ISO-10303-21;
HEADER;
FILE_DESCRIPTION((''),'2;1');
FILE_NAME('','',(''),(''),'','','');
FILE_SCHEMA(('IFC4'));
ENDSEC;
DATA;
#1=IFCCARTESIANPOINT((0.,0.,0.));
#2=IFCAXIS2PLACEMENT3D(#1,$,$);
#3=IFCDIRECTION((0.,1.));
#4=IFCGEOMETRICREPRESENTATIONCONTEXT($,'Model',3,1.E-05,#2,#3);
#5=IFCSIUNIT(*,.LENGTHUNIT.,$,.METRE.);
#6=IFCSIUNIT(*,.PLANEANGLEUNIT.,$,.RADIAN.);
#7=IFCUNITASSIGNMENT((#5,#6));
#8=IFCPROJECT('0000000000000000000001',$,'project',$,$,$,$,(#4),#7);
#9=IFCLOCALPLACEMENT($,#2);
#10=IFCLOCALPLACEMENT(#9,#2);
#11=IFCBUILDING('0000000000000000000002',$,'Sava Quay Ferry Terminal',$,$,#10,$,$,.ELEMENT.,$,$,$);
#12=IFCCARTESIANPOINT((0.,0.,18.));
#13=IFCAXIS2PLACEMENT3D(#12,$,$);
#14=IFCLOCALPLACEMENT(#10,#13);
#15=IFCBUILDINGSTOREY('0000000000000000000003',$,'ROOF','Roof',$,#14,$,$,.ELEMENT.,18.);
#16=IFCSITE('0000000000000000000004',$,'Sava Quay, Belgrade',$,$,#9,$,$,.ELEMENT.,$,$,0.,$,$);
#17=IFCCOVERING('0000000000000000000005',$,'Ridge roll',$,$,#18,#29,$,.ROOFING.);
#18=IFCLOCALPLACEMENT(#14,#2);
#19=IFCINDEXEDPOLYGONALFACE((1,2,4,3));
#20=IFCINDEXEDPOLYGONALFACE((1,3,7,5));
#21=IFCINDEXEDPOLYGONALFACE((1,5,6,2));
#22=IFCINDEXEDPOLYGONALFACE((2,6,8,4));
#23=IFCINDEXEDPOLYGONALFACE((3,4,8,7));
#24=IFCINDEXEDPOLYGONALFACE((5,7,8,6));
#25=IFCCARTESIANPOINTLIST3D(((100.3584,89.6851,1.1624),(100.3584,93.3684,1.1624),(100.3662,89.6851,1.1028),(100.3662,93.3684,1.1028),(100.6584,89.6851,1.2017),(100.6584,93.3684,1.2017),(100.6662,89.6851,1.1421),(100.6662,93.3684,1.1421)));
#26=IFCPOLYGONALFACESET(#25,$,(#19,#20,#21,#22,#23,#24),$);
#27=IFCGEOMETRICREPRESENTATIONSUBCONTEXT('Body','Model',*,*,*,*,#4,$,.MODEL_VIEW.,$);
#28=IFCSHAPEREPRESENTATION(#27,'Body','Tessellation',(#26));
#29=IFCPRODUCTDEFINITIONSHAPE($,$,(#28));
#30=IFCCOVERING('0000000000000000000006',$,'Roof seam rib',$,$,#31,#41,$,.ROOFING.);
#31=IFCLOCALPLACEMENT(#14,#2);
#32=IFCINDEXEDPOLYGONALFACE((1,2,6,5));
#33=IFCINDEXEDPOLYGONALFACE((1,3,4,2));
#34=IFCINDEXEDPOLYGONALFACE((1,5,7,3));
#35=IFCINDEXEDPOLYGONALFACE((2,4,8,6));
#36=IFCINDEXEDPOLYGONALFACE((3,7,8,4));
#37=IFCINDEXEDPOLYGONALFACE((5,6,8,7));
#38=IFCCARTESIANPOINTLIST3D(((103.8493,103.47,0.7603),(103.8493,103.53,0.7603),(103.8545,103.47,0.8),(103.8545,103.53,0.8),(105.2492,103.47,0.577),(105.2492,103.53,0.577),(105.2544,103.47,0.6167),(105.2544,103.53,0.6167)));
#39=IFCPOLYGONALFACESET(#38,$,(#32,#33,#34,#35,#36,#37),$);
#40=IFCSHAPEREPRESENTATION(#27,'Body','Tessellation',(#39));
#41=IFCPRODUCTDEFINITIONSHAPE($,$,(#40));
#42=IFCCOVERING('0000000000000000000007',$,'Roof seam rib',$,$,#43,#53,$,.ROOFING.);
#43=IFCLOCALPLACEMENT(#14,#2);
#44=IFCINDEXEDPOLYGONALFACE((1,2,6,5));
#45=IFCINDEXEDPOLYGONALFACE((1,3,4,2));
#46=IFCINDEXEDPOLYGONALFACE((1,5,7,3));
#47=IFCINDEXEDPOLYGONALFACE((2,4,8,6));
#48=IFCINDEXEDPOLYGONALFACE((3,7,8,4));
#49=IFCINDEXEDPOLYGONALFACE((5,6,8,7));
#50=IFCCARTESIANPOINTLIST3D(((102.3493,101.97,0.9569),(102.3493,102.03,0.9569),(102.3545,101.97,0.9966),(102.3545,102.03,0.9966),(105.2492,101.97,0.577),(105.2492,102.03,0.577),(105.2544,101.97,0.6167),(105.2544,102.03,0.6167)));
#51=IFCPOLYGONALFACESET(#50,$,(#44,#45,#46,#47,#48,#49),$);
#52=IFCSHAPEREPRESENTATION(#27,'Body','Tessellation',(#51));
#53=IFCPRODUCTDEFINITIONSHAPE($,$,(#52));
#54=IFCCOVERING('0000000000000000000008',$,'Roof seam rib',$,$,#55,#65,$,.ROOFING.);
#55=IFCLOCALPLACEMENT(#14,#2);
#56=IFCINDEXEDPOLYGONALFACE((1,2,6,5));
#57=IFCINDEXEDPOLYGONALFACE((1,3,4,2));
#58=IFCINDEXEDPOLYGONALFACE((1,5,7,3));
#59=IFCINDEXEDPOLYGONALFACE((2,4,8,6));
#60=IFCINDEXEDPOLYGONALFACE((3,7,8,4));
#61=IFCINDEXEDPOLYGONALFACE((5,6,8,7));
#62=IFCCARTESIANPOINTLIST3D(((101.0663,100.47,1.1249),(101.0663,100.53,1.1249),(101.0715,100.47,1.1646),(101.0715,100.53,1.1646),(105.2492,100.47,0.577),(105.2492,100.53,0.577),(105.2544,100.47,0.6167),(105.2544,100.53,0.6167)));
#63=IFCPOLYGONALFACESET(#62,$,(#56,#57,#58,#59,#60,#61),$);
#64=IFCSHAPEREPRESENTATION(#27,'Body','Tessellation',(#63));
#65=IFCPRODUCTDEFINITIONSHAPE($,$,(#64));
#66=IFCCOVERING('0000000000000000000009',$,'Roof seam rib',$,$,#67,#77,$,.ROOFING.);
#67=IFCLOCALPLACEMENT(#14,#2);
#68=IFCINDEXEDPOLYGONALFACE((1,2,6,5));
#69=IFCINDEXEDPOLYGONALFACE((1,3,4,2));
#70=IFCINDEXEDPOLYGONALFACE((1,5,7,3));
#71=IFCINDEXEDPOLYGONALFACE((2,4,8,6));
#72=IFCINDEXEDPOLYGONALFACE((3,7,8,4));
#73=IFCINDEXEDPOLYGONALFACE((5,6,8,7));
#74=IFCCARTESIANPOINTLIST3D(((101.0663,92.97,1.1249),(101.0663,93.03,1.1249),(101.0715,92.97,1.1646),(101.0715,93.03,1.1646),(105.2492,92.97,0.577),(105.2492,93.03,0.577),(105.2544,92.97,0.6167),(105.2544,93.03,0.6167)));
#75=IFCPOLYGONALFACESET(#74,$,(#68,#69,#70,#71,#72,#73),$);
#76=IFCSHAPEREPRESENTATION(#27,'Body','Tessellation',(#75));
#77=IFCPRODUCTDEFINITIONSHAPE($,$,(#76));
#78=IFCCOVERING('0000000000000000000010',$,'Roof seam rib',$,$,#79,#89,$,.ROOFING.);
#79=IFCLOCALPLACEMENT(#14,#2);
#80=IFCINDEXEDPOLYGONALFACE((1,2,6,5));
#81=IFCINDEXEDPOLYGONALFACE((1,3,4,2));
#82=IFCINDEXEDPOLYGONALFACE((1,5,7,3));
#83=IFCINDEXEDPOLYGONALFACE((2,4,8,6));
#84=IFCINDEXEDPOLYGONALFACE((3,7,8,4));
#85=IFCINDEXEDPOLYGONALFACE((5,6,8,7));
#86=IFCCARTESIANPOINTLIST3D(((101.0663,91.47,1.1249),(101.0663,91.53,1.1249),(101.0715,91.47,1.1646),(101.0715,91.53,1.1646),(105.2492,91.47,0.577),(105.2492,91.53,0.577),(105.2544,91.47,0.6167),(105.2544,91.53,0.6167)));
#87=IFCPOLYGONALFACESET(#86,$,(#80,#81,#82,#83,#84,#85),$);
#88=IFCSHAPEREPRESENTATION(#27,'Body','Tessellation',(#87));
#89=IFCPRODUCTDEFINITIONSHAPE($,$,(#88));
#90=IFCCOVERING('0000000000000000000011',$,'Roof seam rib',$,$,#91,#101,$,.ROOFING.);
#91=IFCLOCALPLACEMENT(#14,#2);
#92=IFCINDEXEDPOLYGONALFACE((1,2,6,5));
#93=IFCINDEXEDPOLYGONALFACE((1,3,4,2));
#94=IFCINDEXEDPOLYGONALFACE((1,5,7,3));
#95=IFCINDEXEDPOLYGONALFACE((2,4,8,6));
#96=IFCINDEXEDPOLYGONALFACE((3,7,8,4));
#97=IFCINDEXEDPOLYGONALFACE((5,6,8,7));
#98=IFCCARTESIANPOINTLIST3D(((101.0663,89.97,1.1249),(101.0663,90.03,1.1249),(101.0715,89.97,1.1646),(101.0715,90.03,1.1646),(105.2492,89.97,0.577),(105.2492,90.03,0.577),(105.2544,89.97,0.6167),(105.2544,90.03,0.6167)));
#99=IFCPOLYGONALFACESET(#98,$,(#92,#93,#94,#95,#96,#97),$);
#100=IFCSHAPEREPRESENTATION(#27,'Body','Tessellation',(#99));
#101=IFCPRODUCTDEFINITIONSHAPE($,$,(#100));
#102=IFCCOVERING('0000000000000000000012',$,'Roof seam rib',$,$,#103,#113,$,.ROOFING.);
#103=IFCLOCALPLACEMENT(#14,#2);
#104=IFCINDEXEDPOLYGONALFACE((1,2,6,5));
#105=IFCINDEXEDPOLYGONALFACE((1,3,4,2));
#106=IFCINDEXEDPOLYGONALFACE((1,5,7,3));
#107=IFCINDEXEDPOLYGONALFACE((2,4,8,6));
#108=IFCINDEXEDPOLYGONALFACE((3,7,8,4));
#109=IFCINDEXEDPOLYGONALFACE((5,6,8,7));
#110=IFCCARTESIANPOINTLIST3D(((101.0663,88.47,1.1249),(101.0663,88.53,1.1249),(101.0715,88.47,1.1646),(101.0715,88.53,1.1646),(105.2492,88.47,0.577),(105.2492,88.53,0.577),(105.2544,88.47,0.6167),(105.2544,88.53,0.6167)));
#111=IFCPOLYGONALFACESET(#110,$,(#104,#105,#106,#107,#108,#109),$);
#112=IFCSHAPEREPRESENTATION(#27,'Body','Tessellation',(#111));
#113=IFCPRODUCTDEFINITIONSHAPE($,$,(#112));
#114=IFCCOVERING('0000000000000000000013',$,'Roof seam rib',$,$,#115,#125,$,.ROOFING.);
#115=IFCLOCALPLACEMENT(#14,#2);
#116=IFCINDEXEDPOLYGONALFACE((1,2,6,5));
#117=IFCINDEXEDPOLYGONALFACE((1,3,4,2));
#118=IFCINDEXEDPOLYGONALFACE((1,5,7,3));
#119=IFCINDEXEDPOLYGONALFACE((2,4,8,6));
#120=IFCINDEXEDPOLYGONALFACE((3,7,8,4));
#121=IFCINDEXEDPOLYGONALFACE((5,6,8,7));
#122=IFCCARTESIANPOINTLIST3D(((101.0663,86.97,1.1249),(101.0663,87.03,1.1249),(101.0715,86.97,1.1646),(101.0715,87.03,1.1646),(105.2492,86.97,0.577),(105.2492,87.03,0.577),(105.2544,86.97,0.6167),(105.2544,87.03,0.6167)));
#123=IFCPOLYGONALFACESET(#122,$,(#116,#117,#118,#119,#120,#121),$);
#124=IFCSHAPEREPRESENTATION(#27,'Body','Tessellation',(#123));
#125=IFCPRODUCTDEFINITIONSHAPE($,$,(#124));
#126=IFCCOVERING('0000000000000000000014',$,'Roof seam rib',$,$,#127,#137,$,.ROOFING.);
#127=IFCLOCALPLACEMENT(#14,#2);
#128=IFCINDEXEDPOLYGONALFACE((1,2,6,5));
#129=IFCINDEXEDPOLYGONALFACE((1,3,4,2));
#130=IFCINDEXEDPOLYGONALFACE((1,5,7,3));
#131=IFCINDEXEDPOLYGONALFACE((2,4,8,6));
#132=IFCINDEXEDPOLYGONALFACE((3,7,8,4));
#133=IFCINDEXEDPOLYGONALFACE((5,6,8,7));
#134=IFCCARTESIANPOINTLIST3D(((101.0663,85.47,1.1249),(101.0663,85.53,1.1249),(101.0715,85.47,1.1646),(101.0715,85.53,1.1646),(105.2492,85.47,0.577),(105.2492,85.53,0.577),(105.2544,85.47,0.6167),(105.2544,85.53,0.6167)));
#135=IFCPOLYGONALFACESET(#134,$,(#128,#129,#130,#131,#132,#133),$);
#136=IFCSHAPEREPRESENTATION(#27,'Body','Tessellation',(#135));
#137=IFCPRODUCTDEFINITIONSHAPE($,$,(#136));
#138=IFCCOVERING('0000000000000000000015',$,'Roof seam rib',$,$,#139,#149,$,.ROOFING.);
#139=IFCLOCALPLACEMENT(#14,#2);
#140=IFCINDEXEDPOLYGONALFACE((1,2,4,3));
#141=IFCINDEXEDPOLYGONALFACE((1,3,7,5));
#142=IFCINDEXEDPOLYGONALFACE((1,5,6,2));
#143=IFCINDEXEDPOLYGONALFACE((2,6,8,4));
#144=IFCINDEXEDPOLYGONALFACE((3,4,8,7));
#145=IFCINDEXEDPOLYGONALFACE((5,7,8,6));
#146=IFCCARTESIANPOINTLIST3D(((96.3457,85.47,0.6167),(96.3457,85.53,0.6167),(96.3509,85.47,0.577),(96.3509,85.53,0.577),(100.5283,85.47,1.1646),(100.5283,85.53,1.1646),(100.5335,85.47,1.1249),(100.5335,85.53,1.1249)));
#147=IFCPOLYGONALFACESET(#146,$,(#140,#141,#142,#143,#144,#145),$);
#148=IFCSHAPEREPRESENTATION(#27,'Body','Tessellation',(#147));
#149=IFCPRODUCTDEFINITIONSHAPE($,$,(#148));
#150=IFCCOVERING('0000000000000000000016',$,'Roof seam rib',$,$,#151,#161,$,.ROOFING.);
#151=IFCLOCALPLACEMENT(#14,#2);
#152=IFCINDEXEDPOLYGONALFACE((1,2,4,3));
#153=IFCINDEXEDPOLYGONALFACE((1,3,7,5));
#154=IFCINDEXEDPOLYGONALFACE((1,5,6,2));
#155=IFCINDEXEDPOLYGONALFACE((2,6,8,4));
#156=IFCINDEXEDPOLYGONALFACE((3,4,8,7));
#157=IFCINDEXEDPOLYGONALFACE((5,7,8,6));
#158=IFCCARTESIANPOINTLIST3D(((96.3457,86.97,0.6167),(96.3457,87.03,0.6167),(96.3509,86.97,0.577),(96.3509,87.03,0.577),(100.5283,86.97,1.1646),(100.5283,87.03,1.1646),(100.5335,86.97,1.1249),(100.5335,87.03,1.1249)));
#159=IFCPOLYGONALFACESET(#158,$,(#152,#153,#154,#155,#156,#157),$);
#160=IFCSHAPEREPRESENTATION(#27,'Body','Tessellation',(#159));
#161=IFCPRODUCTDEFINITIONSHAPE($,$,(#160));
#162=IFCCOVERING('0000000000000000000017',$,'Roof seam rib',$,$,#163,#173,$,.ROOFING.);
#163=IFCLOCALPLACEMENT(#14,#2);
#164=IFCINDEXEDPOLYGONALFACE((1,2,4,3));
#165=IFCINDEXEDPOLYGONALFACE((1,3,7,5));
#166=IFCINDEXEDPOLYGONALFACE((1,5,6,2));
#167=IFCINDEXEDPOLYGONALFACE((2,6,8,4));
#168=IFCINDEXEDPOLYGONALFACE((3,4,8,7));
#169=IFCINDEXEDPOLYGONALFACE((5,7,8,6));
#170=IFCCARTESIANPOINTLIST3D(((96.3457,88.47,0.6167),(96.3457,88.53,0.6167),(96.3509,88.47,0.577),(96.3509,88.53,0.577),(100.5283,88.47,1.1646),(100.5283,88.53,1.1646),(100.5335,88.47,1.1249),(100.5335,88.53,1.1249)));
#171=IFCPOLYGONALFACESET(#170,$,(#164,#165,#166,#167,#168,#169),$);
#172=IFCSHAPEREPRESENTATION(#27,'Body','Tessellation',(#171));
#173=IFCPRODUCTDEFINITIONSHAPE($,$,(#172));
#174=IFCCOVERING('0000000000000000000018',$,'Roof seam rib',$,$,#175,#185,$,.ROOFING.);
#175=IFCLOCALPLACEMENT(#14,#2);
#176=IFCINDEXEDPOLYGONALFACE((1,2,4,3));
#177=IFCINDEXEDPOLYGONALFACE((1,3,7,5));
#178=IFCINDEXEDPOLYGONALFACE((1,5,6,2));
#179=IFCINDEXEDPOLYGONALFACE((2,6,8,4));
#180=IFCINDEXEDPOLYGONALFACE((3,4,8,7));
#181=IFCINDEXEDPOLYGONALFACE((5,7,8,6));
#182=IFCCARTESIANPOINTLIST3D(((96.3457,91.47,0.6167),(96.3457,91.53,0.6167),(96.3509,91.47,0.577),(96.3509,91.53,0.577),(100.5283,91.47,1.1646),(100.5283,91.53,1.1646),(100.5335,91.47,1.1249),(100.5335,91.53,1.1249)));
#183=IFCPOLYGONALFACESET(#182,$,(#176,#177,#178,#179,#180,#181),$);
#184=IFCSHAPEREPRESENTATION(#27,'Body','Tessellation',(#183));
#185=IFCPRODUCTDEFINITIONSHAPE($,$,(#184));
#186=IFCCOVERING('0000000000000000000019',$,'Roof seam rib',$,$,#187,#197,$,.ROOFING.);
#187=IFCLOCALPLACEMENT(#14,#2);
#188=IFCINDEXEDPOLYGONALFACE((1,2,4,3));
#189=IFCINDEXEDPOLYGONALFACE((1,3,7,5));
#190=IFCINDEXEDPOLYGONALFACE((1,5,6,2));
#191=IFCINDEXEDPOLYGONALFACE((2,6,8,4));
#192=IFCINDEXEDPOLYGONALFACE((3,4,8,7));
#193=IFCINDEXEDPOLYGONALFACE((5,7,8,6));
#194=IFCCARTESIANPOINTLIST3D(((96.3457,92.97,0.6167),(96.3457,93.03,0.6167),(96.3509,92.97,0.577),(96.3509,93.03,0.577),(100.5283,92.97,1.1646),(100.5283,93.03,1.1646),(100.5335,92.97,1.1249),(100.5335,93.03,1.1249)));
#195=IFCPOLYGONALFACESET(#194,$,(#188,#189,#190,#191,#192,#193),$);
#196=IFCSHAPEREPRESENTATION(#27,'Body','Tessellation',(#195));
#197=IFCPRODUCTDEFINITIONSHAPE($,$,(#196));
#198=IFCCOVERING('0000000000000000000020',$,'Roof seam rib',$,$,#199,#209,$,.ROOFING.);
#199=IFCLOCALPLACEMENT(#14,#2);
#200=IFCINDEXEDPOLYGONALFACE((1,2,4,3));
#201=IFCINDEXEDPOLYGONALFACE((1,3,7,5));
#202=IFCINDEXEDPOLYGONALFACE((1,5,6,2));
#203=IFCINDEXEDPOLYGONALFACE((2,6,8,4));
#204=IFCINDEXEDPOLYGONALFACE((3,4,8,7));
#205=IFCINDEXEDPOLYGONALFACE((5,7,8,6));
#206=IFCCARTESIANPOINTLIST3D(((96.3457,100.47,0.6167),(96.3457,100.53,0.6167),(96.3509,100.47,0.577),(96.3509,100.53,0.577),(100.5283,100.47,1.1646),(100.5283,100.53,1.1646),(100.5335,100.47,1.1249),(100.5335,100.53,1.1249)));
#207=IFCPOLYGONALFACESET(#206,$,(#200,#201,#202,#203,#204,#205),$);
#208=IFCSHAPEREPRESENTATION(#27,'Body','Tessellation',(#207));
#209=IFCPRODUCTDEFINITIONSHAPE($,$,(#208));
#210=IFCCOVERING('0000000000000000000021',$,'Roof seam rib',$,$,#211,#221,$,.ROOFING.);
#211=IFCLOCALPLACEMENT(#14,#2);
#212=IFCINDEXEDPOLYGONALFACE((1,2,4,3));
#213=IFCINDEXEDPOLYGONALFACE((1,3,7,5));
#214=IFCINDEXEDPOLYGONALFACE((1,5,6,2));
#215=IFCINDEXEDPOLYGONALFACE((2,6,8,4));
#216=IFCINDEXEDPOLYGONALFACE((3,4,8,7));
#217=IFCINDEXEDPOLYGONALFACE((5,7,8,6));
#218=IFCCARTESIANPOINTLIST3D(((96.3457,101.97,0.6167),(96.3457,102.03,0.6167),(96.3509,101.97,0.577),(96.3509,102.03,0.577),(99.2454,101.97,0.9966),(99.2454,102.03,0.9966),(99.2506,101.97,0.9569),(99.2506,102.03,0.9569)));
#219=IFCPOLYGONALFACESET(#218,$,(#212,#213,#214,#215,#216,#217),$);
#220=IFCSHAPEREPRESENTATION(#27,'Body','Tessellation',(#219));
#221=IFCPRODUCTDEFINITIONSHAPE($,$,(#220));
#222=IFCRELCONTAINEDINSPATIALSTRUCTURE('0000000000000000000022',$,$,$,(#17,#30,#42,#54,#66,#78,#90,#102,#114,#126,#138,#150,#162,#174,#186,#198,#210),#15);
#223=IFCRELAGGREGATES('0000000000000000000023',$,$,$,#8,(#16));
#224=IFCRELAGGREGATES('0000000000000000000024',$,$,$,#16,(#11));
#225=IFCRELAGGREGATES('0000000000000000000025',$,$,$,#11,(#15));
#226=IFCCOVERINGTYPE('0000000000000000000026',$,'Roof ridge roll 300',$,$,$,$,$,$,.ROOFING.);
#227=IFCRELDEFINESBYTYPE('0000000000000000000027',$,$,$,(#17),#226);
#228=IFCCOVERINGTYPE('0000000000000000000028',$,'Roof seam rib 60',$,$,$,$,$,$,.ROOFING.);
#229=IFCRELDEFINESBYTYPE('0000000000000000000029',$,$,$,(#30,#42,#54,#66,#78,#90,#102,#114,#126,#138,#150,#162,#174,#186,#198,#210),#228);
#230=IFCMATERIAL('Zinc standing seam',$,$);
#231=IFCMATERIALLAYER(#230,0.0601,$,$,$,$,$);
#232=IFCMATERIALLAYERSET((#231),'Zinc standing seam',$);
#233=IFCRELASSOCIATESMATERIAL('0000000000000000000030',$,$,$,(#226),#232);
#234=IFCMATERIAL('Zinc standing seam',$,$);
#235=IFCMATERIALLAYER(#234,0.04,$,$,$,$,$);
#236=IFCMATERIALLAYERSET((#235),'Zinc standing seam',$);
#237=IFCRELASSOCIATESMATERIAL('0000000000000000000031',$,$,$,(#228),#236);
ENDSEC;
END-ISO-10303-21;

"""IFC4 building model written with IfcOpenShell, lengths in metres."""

from ifc_helpers import new_model, si_unit, direction, frame, origin, place, context, subcontext, project, spatial, polyline, outline, extrude, material, layer, layer_set, type_object, element, save


model = new_model("IFC4")

# Units and contexts
model_context = context("Model", 3, precision=1e-05, world=origin(), true_north=direction((0.0, 1.0)))
body_context = subcontext(model_context, "Body", "Model", "MODEL_VIEW")
ifc_project = project(units=[si_unit("LENGTHUNIT", "METRE"), si_unit("PLANEANGLEUNIT", "RADIAN")], contexts=[model_context])

# Site, building, storey
site_placement = place(None, origin())
site = spatial("IfcSite", under=ifc_project, at=site_placement, Name="Sava Quay, Belgrade", CompositionType="ELEMENT", RefElevation=0.0)
building_placement = place(site_placement, origin())
building = spatial("IfcBuilding", under=site, at=building_placement, Name="Sava Quay Ferry Terminal", CompositionType="ELEMENT")
storey_placement = place(building_placement, frame((0.0, 0.0, 18.0)))
storey = spatial("IfcBuildingStorey", under=building, at=storey_placement, Name="ROOF", Description="Roof", CompositionType="ELEMENT", Elevation=18.0)

# Coverings
ifc_material_1 = material(Name="Zinc standing seam")
ifc_layer_1 = layer(ifc_material_1, 0.0601)
ifc_layer_set_1 = layer_set([ifc_layer_1], Name="Zinc standing seam")
covering_type_1 = type_object("IfcCoveringType", Name="Roof ridge roll 300", PredefinedType="ROOFING", material=ifc_layer_set_1)
for number, where, z_axis, x_axis, name in (
    (1, (100.3584, 89.6851, 1.1624), (-0.129891, 0.0, 0.991528), (0.0, 1.0, 0.0), "Ridge roll"),
):
    element("IfcCovering", number, at=place(storey_placement, frame(where, z_axis=z_axis, x_axis=x_axis)), inside=storey, type_object=covering_type_1, Name=name, PredefinedType="ROOFING", context=body_context, shape_type="SweptSolid", body=[
        extrude(outline(polyline([(0.0, 0.0), (3.6833, 0.0), (3.6833, -0.3026), (0.0, -0.3026), (0.0, 0.0)])), origin(), (0.0, 0.0, -1.0), 0.0601),
    ])
ifc_material_2 = material(Name="Zinc standing seam")
ifc_layer_2 = layer(ifc_material_2, 0.04)
ifc_layer_set_2 = layer_set([ifc_layer_2], Name="Zinc standing seam")
covering_type_2 = type_object("IfcCoveringType", Name="Roof seam rib 60", PredefinedType="ROOFING", material=ifc_layer_set_2)
covering_1_placement = place(storey_placement, frame((105.2544, 103.47, 0.6167), z_axis=(0.129864, 0.0, 0.991532), x_axis=(-0.991532, 0.0, 0.129864)))
element("IfcCovering", 2, at=covering_1_placement, inside=storey, type_object=covering_type_2, Name="Roof seam rib", PredefinedType="ROOFING", context=body_context, shape_type="SweptSolid", body=[
    extrude(outline(polyline([(0.0, 0.0), (1.4119, 0.0), (1.4119, -0.0601), (0.0, -0.0601), (0.0, 0.0)])), origin(), (0.0, 0.0, -1.0), 0.04),
])
covering_2_placement = place(storey_placement, frame((105.2544, 101.97, 0.6167), z_axis=(0.129889, 0.0, 0.991529), x_axis=(-0.991529, 0.0, 0.129889)))
element("IfcCovering", 3, at=covering_2_placement, inside=storey, type_object=covering_type_2, Name="Roof seam rib", PredefinedType="ROOFING", context=body_context, shape_type="SweptSolid", body=[
    extrude(outline(polyline([(0.0, 0.0), (2.9247, 0.0), (2.9247, -0.0601), (0.0, -0.0601), (0.0, 0.0)])), origin(), (0.0, 0.0, -1.0), 0.04),
])
for number, where, z_axis, x_axis, name in (
    (4, (105.2544, 100.47, 0.6167), (0.129866, 0.0, 0.991532), (-0.991532, 0.0, 0.129866), "Roof seam rib"),
    (5, (105.2544, 92.97, 0.6167), (0.129866, 0.0, 0.991532), (-0.991532, 0.0, 0.129866), "Roof seam rib"),
    (6, (105.2544, 91.47, 0.6167), (0.129866, 0.0, 0.991532), (-0.991532, 0.0, 0.129866), "Roof seam rib"),
    (7, (105.2544, 89.97, 0.6167), (0.129866, 0.0, 0.991532), (-0.991532, 0.0, 0.129866), "Roof seam rib"),
    (8, (105.2544, 88.47, 0.6167), (0.129866, 0.0, 0.991532), (-0.991532, 0.0, 0.129866), "Roof seam rib"),
    (9, (105.2544, 86.97, 0.6167), (0.129866, 0.0, 0.991532), (-0.991532, 0.0, 0.129866), "Roof seam rib"),
    (10, (105.2544, 85.47, 0.6167), (0.129866, 0.0, 0.991532), (-0.991532, 0.0, 0.129866), "Roof seam rib"),
):
    element("IfcCovering", number, at=place(storey_placement, frame(where, z_axis=z_axis, x_axis=x_axis)), inside=storey, type_object=covering_type_2, Name=name, PredefinedType="ROOFING", context=body_context, shape_type="SweptSolid", body=[
        extrude(outline(polyline([(0.0, 0.0), (4.2186, 0.0), (4.2186, -0.0601), (0.0, -0.0601), (0.0, 0.0)])), origin(), (0.0, 0.0, -1.0), 0.04),
    ])
for number, where, z_axis, x_axis, name in (
    (11, (96.3457, 85.53, 0.6167), (-0.129874, 0.0, 0.991531), (0.991531, 0.0, 0.129874), "Roof seam rib"),
    (12, (96.3457, 87.03, 0.6167), (-0.129874, 0.0, 0.991531), (0.991531, 0.0, 0.129874), "Roof seam rib"),
    (13, (96.3457, 88.53, 0.6167), (-0.129874, 0.0, 0.991531), (0.991531, 0.0, 0.129874), "Roof seam rib"),
    (14, (96.3457, 91.53, 0.6167), (-0.129874, 0.0, 0.991531), (0.991531, 0.0, 0.129874), "Roof seam rib"),
    (15, (96.3457, 93.03, 0.6167), (-0.129874, 0.0, 0.991531), (0.991531, 0.0, 0.129874), "Roof seam rib"),
    (16, (96.3457, 100.53, 0.6167), (-0.129874, 0.0, 0.991531), (0.991531, 0.0, 0.129874), "Roof seam rib"),
):
    element("IfcCovering", number, at=place(storey_placement, frame(where, z_axis=z_axis, x_axis=x_axis)), inside=storey, type_object=covering_type_2, Name=name, PredefinedType="ROOFING", context=body_context, shape_type="SweptSolid", body=[
        extrude(outline(polyline([(0.0, 0.0), (4.2183, 0.0), (4.2183, -0.0601), (0.0, -0.0601), (0.0, 0.0)])), origin(), (0.0, 0.0, -1.0), 0.04),
    ])
covering_3_placement = place(storey_placement, frame((96.3457, 102.03, 0.6167), z_axis=(-0.129899, 0.0, 0.991527), x_axis=(0.991527, 0.0, 0.129899)))
element("IfcCovering", 17, at=covering_3_placement, inside=storey, type_object=covering_type_2, Name="Roof seam rib", PredefinedType="ROOFING", context=body_context, shape_type="SweptSolid", body=[
    extrude(outline(polyline([(0.0, 0.0), (2.9244, 0.0), (2.9244, -0.0601), (0.0, -0.0601), (0.0, 0.0)])), origin(), (0.0, 0.0, -1.0), 0.04),
])

save(model, "model.ifc")
